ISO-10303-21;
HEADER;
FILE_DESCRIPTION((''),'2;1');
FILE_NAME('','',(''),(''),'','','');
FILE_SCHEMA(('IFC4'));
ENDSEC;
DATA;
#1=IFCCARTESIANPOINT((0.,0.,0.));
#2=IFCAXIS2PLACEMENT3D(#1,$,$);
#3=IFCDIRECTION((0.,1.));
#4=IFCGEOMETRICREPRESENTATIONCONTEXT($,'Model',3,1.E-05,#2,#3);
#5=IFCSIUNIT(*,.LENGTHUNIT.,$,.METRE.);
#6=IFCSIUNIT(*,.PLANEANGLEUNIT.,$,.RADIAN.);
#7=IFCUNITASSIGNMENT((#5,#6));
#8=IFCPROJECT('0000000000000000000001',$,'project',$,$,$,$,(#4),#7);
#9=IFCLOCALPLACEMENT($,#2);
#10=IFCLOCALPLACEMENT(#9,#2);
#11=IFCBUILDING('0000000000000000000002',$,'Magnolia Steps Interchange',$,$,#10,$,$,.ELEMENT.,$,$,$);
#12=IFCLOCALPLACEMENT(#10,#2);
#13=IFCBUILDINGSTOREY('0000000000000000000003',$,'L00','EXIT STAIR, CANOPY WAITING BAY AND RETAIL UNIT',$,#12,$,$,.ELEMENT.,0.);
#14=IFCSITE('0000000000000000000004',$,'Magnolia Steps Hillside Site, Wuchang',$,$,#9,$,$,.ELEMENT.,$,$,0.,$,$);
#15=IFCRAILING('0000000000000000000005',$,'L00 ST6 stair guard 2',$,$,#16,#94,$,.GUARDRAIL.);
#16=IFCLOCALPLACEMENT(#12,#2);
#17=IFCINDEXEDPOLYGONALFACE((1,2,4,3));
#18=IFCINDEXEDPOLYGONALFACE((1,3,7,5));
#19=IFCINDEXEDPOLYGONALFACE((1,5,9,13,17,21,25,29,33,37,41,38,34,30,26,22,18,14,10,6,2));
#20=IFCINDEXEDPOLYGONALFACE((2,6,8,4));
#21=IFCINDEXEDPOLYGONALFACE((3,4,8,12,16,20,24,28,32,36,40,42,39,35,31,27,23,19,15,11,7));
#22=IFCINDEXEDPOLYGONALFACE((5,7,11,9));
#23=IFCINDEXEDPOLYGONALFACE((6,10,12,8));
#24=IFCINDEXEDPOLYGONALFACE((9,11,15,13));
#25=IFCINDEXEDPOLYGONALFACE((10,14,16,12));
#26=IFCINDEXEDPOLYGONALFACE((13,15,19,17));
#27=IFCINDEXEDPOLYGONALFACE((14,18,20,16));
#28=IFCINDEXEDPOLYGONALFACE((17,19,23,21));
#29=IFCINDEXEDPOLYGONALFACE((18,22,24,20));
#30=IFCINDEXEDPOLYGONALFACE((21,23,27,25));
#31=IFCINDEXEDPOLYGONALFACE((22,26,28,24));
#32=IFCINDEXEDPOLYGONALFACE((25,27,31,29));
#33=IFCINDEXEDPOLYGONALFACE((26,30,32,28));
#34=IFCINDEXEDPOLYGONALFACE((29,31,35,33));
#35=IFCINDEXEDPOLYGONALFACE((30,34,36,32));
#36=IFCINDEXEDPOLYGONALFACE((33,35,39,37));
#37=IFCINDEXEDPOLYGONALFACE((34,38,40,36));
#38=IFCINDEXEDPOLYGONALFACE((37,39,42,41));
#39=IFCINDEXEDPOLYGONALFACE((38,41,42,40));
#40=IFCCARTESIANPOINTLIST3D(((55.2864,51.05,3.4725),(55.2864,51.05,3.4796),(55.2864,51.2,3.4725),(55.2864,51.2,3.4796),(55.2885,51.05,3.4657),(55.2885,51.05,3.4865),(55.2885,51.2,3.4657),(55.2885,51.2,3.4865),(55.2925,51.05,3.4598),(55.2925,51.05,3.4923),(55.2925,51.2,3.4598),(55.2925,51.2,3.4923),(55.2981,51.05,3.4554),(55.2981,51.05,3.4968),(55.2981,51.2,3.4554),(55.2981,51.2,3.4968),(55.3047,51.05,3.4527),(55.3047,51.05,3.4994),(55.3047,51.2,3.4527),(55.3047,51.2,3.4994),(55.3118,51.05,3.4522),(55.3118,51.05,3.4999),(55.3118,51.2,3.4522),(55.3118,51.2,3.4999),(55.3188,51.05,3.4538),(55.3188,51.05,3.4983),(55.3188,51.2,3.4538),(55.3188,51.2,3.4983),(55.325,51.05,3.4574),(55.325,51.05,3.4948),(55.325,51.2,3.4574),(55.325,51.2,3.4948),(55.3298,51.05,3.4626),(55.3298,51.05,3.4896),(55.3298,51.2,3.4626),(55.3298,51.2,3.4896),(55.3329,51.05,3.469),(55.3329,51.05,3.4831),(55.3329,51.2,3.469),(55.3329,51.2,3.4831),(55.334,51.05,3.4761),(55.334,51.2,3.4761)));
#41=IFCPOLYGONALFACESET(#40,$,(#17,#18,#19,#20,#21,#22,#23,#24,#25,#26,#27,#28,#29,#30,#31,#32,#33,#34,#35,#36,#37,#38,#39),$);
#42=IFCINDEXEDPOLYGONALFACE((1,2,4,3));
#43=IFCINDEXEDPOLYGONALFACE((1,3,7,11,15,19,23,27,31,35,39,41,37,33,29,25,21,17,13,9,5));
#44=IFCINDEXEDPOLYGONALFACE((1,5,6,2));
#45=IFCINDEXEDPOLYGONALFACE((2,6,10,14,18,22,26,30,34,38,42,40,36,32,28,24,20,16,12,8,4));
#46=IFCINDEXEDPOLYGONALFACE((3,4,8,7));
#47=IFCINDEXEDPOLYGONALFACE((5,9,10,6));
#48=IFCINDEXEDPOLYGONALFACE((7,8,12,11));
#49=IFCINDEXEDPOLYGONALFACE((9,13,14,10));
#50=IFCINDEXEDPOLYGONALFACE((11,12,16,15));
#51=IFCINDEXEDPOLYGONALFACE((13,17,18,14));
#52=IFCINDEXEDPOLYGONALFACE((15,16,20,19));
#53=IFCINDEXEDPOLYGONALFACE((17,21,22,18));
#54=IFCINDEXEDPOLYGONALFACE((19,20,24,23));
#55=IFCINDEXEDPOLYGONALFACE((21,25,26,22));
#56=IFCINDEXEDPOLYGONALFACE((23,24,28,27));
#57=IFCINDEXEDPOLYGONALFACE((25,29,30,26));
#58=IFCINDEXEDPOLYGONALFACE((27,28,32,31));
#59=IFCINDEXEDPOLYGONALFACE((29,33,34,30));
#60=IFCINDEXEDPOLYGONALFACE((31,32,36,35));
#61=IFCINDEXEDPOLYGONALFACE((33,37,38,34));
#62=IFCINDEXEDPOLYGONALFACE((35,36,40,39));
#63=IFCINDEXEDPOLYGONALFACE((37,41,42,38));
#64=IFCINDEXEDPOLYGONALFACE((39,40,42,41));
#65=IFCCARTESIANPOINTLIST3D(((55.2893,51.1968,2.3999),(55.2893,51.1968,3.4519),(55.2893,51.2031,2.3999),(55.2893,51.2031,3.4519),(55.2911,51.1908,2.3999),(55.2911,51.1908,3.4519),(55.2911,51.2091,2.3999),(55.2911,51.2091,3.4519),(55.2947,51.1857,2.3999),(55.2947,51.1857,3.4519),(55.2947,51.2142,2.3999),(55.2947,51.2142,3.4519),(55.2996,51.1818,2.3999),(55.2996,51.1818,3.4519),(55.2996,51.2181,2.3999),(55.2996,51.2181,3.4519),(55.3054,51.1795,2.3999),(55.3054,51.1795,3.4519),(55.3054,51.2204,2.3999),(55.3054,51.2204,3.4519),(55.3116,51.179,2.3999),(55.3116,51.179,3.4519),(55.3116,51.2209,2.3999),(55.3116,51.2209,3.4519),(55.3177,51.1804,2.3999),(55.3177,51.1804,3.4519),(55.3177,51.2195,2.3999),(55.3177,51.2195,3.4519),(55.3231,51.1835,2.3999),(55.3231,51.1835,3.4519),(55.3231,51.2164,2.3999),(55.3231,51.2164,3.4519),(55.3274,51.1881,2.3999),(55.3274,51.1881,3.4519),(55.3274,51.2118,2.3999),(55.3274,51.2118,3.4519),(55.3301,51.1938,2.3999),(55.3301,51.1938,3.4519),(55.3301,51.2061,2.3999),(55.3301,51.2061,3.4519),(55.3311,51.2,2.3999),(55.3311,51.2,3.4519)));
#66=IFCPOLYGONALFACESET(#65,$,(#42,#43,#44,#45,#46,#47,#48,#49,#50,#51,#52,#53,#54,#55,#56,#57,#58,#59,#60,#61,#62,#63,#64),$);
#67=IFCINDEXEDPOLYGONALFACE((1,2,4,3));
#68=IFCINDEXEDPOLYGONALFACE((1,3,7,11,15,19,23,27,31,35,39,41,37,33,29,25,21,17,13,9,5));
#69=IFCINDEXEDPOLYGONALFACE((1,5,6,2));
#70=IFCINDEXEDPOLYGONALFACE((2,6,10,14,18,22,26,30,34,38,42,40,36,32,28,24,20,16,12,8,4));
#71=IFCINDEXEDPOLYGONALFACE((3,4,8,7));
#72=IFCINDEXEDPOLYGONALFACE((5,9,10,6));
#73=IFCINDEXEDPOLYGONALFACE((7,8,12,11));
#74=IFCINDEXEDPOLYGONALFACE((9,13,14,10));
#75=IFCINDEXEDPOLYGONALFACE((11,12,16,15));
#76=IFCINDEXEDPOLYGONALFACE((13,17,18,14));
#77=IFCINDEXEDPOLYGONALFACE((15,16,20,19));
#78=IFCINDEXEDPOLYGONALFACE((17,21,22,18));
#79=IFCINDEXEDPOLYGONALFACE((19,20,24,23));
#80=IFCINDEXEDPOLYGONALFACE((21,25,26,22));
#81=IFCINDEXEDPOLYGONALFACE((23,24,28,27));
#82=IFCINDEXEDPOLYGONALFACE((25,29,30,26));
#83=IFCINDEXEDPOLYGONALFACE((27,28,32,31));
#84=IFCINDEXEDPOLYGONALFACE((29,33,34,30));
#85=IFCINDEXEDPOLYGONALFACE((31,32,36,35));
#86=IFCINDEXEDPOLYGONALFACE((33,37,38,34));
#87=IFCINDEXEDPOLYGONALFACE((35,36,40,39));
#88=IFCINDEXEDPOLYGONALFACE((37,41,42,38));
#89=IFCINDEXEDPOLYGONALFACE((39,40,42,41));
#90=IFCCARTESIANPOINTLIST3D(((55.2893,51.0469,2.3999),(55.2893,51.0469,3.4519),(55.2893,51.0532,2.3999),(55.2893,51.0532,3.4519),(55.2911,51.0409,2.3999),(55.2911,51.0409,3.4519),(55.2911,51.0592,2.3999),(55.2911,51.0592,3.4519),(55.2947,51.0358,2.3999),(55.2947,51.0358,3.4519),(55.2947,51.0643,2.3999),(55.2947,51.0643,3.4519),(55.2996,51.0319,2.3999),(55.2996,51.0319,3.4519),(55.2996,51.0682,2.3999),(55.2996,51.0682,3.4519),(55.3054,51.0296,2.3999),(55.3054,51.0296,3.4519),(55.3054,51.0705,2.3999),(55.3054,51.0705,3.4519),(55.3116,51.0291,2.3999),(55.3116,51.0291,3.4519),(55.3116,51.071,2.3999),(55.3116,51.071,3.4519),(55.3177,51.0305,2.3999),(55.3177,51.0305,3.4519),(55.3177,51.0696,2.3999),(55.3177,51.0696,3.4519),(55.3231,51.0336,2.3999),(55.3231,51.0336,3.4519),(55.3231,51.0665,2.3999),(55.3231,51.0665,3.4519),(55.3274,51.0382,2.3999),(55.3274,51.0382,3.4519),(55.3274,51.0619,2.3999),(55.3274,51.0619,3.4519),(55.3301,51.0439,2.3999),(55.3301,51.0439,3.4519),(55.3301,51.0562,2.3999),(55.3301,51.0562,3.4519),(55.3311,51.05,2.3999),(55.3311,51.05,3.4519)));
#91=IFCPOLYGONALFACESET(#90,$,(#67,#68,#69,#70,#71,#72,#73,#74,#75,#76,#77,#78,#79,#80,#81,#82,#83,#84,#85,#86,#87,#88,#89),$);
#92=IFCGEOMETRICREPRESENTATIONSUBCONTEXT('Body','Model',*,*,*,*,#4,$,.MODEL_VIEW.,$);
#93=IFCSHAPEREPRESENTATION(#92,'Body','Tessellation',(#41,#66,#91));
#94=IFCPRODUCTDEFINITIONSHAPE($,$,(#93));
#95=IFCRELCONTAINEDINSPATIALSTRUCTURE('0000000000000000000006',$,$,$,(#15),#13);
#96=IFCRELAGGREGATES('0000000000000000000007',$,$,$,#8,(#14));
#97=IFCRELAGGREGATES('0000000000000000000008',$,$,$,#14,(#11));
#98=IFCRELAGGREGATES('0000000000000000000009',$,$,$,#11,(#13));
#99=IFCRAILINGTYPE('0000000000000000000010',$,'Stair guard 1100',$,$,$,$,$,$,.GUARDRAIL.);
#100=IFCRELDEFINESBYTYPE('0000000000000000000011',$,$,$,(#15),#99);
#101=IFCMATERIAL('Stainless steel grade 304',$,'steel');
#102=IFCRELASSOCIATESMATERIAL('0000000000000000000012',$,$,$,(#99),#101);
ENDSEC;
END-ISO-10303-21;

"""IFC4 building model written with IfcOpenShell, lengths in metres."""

from ifc_helpers import new_model, si_unit, direction, frame, origin, origin_2d, place, context, subcontext, project, spatial, circle, extrude, material, type_object, element, save


model = new_model("IFC4")

# Units and contexts
model_context = context("Model", 3, precision=1e-05, world=origin(), true_north=direction((0.0, 1.0)))
body_context = subcontext(model_context, "Body", "Model", "MODEL_VIEW")
ifc_project = project(units=[si_unit("LENGTHUNIT", "METRE"), si_unit("PLANEANGLEUNIT", "RADIAN")], contexts=[model_context])

# Site, building, storey
site_placement = place(None, origin())
site = spatial("IfcSite", under=ifc_project, at=site_placement, Name="Magnolia Steps Hillside Site, Wuchang", CompositionType="ELEMENT", RefElevation=0.0)
building_placement = place(site_placement, origin())
building = spatial("IfcBuilding", under=site, at=building_placement, Name="Magnolia Steps Interchange", CompositionType="ELEMENT")
storey_placement = place(building_placement, origin())
storey = spatial("IfcBuildingStorey", under=building, at=storey_placement, Name="L00", Description="EXIT STAIR, CANOPY WAITING BAY AND RETAIL UNIT", CompositionType="ELEMENT", Elevation=0.0)

# Railing
ifc_material_1 = material(Name="Stainless steel grade 304", Category="steel")
railing_type_1 = type_object("IfcRailingType", Name="Stair guard 1100", PredefinedType="GUARDRAIL", material=ifc_material_1)
railing_1_placement = place(storey_placement, frame((55.3101, 51.2, 2.3999)))
element("IfcRailing", 1, at=railing_1_placement, inside=storey, type_object=railing_type_1, Name="L00 ST6 stair guard 2", PredefinedType="GUARDRAIL", context=body_context, shape_type="SweptSolid", body=[
    extrude(circle(Radius=0.0239, at=origin_2d()), frame((0.0, 0.0, 1.0762), z_axis=(0.0, -1.0, 0.0), x_axis=(1.0, 0.0, 0.0)), (0.0, 0.0, 1.0), 0.1499),
    extrude(circle(Radius=0.021, at=origin_2d()), origin(), (0.0, 0.0, 1.0), 1.052),
    extrude(circle(Radius=0.021, at=origin_2d()), frame((0.0, -0.1499, 0.0)), (0.0, 0.0, 1.0), 1.052),
])

save(model, "model.ifc")
